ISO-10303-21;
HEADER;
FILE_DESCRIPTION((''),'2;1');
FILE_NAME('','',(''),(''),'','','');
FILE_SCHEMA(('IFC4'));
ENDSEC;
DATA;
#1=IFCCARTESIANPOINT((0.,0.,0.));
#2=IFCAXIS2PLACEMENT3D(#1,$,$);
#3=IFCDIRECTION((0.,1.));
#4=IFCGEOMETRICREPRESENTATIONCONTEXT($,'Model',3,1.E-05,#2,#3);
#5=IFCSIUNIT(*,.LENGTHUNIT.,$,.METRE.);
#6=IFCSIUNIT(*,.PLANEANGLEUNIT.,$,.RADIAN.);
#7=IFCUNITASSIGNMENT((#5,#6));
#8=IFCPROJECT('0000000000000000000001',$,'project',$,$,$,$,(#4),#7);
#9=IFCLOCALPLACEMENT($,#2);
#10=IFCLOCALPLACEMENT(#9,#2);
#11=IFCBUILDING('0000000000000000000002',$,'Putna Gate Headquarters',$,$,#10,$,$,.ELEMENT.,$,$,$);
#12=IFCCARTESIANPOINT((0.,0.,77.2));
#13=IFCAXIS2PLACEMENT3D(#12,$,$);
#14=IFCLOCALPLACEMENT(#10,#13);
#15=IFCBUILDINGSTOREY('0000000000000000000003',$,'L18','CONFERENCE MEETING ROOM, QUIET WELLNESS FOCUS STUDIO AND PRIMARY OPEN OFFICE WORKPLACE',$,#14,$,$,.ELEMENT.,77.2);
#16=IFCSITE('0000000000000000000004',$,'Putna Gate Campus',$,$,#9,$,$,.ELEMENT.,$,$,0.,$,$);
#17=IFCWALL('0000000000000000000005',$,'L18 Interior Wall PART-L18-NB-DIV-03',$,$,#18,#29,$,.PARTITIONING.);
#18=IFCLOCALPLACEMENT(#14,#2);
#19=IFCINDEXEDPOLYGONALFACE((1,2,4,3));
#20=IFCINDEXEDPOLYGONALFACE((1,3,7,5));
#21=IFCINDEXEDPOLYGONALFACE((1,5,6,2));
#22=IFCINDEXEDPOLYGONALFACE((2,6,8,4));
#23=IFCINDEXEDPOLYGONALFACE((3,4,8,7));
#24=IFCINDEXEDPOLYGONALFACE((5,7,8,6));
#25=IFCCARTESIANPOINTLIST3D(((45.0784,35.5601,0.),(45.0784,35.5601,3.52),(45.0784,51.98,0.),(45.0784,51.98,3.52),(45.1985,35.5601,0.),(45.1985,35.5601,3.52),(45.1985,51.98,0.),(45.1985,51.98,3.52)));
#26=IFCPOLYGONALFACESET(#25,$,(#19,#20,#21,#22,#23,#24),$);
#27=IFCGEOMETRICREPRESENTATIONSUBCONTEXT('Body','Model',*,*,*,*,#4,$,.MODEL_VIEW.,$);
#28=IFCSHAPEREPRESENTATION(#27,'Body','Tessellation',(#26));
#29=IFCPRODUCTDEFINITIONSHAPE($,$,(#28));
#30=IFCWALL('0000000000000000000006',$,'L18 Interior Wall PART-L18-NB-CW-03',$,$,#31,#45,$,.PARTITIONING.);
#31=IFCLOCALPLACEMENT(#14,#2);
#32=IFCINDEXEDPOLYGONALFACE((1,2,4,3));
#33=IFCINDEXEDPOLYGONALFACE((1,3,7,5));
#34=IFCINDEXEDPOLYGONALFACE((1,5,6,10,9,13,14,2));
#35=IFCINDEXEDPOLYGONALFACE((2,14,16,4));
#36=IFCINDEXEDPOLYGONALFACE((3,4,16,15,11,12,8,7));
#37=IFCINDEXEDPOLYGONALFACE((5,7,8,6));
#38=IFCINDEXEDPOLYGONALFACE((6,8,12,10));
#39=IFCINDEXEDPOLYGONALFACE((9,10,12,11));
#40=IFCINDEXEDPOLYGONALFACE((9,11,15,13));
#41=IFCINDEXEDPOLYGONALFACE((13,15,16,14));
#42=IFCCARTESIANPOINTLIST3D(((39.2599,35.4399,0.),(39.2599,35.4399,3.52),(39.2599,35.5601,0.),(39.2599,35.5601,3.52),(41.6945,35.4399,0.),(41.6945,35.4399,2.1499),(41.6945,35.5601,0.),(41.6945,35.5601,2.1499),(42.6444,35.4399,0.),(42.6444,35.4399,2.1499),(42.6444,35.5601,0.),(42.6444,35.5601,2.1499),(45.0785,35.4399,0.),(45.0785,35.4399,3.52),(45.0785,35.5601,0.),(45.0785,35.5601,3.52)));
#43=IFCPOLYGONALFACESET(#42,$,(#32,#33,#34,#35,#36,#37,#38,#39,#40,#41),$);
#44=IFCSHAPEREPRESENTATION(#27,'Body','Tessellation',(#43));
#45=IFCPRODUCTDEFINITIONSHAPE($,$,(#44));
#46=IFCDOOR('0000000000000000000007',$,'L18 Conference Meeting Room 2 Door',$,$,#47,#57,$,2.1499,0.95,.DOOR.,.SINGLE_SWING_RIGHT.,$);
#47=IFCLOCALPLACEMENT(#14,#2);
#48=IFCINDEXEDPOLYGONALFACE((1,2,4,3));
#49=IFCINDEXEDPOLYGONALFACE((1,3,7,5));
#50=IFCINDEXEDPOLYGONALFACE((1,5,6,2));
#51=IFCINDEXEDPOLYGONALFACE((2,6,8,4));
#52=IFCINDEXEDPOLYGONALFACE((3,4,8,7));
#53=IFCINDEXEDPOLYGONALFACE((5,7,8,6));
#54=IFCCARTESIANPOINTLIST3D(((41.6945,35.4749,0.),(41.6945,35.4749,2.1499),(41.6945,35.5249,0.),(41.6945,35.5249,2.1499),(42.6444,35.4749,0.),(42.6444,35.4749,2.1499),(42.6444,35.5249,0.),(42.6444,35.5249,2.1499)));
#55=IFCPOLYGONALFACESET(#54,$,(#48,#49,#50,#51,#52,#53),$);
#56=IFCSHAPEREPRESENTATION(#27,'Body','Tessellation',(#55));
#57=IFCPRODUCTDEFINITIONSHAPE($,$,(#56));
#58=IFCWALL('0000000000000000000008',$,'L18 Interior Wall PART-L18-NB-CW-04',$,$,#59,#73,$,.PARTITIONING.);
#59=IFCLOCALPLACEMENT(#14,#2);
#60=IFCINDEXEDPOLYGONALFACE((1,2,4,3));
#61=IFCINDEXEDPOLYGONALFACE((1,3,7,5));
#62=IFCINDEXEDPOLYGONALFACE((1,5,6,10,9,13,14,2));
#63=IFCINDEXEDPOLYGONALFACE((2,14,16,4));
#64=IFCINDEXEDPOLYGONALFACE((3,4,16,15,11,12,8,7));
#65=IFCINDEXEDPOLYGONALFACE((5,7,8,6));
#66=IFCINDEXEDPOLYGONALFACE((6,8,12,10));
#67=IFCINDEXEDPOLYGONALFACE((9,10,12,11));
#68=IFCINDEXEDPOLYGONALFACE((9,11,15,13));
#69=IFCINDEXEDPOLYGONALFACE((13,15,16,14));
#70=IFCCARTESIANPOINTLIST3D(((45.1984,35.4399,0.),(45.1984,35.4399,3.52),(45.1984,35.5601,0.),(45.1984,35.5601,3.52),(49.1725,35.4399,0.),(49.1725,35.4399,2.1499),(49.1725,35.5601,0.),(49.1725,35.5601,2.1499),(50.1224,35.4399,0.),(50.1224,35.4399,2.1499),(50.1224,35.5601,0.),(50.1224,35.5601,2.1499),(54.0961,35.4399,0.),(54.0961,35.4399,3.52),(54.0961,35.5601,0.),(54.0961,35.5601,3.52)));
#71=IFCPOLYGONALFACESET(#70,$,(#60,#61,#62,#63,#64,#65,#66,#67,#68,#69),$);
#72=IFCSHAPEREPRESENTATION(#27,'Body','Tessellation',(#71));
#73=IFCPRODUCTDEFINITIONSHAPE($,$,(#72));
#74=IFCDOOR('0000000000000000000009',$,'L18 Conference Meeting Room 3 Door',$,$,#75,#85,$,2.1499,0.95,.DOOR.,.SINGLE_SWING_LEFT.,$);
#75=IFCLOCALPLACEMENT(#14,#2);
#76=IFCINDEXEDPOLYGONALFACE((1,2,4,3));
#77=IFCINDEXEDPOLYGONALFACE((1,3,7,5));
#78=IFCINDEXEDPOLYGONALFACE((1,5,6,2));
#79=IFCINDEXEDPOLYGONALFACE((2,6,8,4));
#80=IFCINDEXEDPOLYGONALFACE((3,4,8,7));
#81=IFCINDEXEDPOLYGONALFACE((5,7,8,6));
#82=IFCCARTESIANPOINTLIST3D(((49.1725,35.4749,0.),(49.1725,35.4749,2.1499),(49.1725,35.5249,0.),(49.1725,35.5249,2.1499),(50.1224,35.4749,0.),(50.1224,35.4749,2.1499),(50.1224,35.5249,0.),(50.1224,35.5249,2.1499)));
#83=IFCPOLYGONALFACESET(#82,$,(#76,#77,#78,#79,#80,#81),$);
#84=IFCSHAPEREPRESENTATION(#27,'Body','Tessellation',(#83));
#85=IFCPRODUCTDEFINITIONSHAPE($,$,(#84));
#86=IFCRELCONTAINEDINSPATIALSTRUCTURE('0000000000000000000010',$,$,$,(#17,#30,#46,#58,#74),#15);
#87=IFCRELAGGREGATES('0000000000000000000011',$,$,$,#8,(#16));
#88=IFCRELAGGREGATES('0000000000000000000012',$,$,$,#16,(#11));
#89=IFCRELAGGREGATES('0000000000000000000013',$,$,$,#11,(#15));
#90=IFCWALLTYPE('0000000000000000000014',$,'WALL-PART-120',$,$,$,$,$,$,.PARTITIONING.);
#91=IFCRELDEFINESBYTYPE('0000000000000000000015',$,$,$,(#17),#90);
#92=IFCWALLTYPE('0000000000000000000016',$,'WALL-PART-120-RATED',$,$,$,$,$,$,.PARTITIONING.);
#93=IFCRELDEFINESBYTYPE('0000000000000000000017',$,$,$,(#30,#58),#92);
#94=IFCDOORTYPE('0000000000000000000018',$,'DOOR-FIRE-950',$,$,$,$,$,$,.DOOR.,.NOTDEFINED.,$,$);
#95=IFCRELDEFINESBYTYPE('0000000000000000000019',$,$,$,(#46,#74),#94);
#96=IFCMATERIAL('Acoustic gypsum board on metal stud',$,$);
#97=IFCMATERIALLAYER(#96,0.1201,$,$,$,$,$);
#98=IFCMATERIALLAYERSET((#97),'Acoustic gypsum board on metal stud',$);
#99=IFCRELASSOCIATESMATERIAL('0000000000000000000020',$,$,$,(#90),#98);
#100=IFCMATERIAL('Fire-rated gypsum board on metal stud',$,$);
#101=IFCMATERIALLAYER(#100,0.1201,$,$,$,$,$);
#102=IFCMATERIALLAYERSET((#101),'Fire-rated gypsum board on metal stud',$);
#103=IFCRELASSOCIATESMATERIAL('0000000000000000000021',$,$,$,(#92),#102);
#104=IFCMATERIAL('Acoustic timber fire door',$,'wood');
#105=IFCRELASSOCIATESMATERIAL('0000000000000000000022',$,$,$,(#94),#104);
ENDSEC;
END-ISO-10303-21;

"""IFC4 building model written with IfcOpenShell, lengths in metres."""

from ifc_helpers import new_model, si_unit, direction, frame, frame_2d, origin, place, context, subcontext, project, spatial, rectangle, extrude, material, layer, layer_set, type_object, element, fill, save


model = new_model("IFC4")

# Units and contexts
model_context = context("Model", 3, precision=1e-05, world=origin(), true_north=direction((0.0, 1.0)))
body_context = subcontext(model_context, "Body", "Model", "MODEL_VIEW")
ifc_project = project(units=[si_unit("LENGTHUNIT", "METRE"), si_unit("PLANEANGLEUNIT", "RADIAN")], contexts=[model_context])

# Site, building, storey
site_placement = place(None, origin())
site = spatial("IfcSite", under=ifc_project, at=site_placement, Name="Putna Gate Campus", CompositionType="ELEMENT", RefElevation=0.0)
building_placement = place(site_placement, origin())
building = spatial("IfcBuilding", under=site, at=building_placement, Name="Putna Gate Headquarters", CompositionType="ELEMENT")
storey_placement = place(building_placement, frame((0.0, 0.0, 77.2)))
storey = spatial("IfcBuildingStorey", under=building, at=storey_placement, Name="L18", Description="CONFERENCE MEETING ROOM, QUIET WELLNESS FOCUS STUDIO AND PRIMARY OPEN OFFICE WORKPLACE", CompositionType="ELEMENT", Elevation=77.2)

# Wall
ifc_material_1 = material(Name="Acoustic gypsum board on metal stud")
ifc_layer_1 = layer(ifc_material_1, 0.1201)
ifc_layer_set_1 = layer_set([ifc_layer_1], Name="Acoustic gypsum board on metal stud")
wall_type_1 = type_object("IfcWallType", Name="WALL-PART-120", PredefinedType="PARTITIONING", material=ifc_layer_set_1)
wall_1_placement = place(storey_placement, frame((45.1384, 35.5601, 0.0), z_axis=(0.0, 0.0, 1.0), x_axis=(0.0, 1.0, 0.0)))
element("IfcWall", 1, at=wall_1_placement, inside=storey, type_object=wall_type_1, Name="L18 Interior Wall PART-L18-NB-DIV-03", PredefinedType="PARTITIONING", context=body_context, shape_type="SweptSolid", body=[
    extrude(rectangle(XDim=16.4199, YDim=0.1201, at=frame_2d((8.21, 0.0))), origin(), (0.0, 0.0, 1.0), 3.52),
])

# Walls, openings, doors
ifc_material_2 = material(Name="Fire-rated gypsum board on metal stud")
ifc_layer_2 = layer(ifc_material_2, 0.1201)
ifc_layer_set_2 = layer_set([ifc_layer_2], Name="Fire-rated gypsum board on metal stud")
wall_type_2 = type_object("IfcWallType", Name="WALL-PART-120-RATED", PredefinedType="PARTITIONING", material=ifc_layer_set_2)
wall_2_placement = place(storey_placement, frame((39.26, 35.5, 0.0), z_axis=(0.0, 0.0, 1.0), x_axis=(1.0, 0.0, 0.0)))
wall_2 = element("IfcWall", 2, at=wall_2_placement, inside=storey, type_object=wall_type_2, Name="L18 Interior Wall PART-L18-NB-CW-03", PredefinedType="PARTITIONING", context=body_context, shape_type="SweptSolid", body=[
    extrude(rectangle(XDim=5.8186, YDim=0.1201, at=frame_2d((2.9092, 0.0))), origin(), (0.0, 0.0, 1.0), 3.52),
])
opening_1_placement = place(wall_2_placement, frame((2.4343, 0.0, 0.0)))
opening_1 = element("IfcOpeningElement", 3, at=opening_1_placement, cuts=wall_2, PredefinedType="OPENING", context=body_context, shape_type="SweptSolid", body=[
    extrude(rectangle(XDim=0.95, YDim=2.1499, at=frame_2d((0.4751, 1.075))), frame((0.0, 0.0701, 0.0), z_axis=(0.0, -1.0, 0.0), x_axis=(1.0, 0.0, 0.0)), (0.0, 0.0, 1.0), 0.1401),
])
ifc_material_3 = material(Name="Acoustic timber fire door", Category="wood")
door_type = type_object("IfcDoorType", Name="DOOR-FIRE-950", OperationType="NOTDEFINED", PredefinedType="DOOR", material=ifc_material_3)
door_1_placement = place(opening_1_placement, origin())
door_1 = element("IfcDoor", 4, at=door_1_placement, inside=storey, type_object=door_type, Name="L18 Conference Meeting Room 2 Door", OperationType="SINGLE_SWING_RIGHT", OverallHeight=2.1499, OverallWidth=0.95, PredefinedType="DOOR", context=body_context, shape_type="SweptSolid", body=[
    extrude(rectangle(XDim=0.95, YDim=2.1499, at=frame_2d((0.4751, 1.075))), frame((0.0, 0.0249, 0.0), z_axis=(0.0, -1.0, 0.0), x_axis=(1.0, 0.0, 0.0)), (0.0, 0.0, 1.0), 0.05),
])
fill(opening_1, door_1)
wall_3_placement = place(storey_placement, frame((45.1985, 35.5, 0.0), z_axis=(0.0, 0.0, 1.0), x_axis=(1.0, 0.0, 0.0)))
wall_3 = element("IfcWall", 5, at=wall_3_placement, inside=storey, type_object=wall_type_2, Name="L18 Interior Wall PART-L18-NB-CW-04", PredefinedType="PARTITIONING", context=body_context, shape_type="SweptSolid", body=[
    extrude(rectangle(XDim=8.8977, YDim=0.1201, at=frame_2d((4.4487, 0.0))), origin(), (0.0, 0.0, 1.0), 3.52),
])
opening_2_placement = place(wall_3_placement, frame((3.9739, 0.0, 0.0)))
opening_2 = element("IfcOpeningElement", 6, at=opening_2_placement, cuts=wall_3, PredefinedType="OPENING", context=body_context, shape_type="SweptSolid", body=[
    extrude(rectangle(XDim=0.95, YDim=2.1499, at=frame_2d((0.4751, 1.075))), frame((0.0, 0.0701, 0.0), z_axis=(0.0, -1.0, 0.0), x_axis=(1.0, 0.0, 0.0)), (0.0, 0.0, 1.0), 0.1401),
])
door_2_placement = place(opening_2_placement, origin())
door_2 = element("IfcDoor", 7, at=door_2_placement, inside=storey, type_object=door_type, Name="L18 Conference Meeting Room 3 Door", OperationType="SINGLE_SWING_LEFT", OverallHeight=2.1499, OverallWidth=0.95, PredefinedType="DOOR", context=body_context, shape_type="SweptSolid", body=[
    extrude(rectangle(XDim=0.95, YDim=2.1499, at=frame_2d((0.4751, 1.075))), frame((0.0, 0.0249, 0.0), z_axis=(0.0, -1.0, 0.0), x_axis=(1.0, 0.0, 0.0)), (0.0, 0.0, 1.0), 0.05),
])
fill(opening_2, door_2)

save(model, "model.ifc")
